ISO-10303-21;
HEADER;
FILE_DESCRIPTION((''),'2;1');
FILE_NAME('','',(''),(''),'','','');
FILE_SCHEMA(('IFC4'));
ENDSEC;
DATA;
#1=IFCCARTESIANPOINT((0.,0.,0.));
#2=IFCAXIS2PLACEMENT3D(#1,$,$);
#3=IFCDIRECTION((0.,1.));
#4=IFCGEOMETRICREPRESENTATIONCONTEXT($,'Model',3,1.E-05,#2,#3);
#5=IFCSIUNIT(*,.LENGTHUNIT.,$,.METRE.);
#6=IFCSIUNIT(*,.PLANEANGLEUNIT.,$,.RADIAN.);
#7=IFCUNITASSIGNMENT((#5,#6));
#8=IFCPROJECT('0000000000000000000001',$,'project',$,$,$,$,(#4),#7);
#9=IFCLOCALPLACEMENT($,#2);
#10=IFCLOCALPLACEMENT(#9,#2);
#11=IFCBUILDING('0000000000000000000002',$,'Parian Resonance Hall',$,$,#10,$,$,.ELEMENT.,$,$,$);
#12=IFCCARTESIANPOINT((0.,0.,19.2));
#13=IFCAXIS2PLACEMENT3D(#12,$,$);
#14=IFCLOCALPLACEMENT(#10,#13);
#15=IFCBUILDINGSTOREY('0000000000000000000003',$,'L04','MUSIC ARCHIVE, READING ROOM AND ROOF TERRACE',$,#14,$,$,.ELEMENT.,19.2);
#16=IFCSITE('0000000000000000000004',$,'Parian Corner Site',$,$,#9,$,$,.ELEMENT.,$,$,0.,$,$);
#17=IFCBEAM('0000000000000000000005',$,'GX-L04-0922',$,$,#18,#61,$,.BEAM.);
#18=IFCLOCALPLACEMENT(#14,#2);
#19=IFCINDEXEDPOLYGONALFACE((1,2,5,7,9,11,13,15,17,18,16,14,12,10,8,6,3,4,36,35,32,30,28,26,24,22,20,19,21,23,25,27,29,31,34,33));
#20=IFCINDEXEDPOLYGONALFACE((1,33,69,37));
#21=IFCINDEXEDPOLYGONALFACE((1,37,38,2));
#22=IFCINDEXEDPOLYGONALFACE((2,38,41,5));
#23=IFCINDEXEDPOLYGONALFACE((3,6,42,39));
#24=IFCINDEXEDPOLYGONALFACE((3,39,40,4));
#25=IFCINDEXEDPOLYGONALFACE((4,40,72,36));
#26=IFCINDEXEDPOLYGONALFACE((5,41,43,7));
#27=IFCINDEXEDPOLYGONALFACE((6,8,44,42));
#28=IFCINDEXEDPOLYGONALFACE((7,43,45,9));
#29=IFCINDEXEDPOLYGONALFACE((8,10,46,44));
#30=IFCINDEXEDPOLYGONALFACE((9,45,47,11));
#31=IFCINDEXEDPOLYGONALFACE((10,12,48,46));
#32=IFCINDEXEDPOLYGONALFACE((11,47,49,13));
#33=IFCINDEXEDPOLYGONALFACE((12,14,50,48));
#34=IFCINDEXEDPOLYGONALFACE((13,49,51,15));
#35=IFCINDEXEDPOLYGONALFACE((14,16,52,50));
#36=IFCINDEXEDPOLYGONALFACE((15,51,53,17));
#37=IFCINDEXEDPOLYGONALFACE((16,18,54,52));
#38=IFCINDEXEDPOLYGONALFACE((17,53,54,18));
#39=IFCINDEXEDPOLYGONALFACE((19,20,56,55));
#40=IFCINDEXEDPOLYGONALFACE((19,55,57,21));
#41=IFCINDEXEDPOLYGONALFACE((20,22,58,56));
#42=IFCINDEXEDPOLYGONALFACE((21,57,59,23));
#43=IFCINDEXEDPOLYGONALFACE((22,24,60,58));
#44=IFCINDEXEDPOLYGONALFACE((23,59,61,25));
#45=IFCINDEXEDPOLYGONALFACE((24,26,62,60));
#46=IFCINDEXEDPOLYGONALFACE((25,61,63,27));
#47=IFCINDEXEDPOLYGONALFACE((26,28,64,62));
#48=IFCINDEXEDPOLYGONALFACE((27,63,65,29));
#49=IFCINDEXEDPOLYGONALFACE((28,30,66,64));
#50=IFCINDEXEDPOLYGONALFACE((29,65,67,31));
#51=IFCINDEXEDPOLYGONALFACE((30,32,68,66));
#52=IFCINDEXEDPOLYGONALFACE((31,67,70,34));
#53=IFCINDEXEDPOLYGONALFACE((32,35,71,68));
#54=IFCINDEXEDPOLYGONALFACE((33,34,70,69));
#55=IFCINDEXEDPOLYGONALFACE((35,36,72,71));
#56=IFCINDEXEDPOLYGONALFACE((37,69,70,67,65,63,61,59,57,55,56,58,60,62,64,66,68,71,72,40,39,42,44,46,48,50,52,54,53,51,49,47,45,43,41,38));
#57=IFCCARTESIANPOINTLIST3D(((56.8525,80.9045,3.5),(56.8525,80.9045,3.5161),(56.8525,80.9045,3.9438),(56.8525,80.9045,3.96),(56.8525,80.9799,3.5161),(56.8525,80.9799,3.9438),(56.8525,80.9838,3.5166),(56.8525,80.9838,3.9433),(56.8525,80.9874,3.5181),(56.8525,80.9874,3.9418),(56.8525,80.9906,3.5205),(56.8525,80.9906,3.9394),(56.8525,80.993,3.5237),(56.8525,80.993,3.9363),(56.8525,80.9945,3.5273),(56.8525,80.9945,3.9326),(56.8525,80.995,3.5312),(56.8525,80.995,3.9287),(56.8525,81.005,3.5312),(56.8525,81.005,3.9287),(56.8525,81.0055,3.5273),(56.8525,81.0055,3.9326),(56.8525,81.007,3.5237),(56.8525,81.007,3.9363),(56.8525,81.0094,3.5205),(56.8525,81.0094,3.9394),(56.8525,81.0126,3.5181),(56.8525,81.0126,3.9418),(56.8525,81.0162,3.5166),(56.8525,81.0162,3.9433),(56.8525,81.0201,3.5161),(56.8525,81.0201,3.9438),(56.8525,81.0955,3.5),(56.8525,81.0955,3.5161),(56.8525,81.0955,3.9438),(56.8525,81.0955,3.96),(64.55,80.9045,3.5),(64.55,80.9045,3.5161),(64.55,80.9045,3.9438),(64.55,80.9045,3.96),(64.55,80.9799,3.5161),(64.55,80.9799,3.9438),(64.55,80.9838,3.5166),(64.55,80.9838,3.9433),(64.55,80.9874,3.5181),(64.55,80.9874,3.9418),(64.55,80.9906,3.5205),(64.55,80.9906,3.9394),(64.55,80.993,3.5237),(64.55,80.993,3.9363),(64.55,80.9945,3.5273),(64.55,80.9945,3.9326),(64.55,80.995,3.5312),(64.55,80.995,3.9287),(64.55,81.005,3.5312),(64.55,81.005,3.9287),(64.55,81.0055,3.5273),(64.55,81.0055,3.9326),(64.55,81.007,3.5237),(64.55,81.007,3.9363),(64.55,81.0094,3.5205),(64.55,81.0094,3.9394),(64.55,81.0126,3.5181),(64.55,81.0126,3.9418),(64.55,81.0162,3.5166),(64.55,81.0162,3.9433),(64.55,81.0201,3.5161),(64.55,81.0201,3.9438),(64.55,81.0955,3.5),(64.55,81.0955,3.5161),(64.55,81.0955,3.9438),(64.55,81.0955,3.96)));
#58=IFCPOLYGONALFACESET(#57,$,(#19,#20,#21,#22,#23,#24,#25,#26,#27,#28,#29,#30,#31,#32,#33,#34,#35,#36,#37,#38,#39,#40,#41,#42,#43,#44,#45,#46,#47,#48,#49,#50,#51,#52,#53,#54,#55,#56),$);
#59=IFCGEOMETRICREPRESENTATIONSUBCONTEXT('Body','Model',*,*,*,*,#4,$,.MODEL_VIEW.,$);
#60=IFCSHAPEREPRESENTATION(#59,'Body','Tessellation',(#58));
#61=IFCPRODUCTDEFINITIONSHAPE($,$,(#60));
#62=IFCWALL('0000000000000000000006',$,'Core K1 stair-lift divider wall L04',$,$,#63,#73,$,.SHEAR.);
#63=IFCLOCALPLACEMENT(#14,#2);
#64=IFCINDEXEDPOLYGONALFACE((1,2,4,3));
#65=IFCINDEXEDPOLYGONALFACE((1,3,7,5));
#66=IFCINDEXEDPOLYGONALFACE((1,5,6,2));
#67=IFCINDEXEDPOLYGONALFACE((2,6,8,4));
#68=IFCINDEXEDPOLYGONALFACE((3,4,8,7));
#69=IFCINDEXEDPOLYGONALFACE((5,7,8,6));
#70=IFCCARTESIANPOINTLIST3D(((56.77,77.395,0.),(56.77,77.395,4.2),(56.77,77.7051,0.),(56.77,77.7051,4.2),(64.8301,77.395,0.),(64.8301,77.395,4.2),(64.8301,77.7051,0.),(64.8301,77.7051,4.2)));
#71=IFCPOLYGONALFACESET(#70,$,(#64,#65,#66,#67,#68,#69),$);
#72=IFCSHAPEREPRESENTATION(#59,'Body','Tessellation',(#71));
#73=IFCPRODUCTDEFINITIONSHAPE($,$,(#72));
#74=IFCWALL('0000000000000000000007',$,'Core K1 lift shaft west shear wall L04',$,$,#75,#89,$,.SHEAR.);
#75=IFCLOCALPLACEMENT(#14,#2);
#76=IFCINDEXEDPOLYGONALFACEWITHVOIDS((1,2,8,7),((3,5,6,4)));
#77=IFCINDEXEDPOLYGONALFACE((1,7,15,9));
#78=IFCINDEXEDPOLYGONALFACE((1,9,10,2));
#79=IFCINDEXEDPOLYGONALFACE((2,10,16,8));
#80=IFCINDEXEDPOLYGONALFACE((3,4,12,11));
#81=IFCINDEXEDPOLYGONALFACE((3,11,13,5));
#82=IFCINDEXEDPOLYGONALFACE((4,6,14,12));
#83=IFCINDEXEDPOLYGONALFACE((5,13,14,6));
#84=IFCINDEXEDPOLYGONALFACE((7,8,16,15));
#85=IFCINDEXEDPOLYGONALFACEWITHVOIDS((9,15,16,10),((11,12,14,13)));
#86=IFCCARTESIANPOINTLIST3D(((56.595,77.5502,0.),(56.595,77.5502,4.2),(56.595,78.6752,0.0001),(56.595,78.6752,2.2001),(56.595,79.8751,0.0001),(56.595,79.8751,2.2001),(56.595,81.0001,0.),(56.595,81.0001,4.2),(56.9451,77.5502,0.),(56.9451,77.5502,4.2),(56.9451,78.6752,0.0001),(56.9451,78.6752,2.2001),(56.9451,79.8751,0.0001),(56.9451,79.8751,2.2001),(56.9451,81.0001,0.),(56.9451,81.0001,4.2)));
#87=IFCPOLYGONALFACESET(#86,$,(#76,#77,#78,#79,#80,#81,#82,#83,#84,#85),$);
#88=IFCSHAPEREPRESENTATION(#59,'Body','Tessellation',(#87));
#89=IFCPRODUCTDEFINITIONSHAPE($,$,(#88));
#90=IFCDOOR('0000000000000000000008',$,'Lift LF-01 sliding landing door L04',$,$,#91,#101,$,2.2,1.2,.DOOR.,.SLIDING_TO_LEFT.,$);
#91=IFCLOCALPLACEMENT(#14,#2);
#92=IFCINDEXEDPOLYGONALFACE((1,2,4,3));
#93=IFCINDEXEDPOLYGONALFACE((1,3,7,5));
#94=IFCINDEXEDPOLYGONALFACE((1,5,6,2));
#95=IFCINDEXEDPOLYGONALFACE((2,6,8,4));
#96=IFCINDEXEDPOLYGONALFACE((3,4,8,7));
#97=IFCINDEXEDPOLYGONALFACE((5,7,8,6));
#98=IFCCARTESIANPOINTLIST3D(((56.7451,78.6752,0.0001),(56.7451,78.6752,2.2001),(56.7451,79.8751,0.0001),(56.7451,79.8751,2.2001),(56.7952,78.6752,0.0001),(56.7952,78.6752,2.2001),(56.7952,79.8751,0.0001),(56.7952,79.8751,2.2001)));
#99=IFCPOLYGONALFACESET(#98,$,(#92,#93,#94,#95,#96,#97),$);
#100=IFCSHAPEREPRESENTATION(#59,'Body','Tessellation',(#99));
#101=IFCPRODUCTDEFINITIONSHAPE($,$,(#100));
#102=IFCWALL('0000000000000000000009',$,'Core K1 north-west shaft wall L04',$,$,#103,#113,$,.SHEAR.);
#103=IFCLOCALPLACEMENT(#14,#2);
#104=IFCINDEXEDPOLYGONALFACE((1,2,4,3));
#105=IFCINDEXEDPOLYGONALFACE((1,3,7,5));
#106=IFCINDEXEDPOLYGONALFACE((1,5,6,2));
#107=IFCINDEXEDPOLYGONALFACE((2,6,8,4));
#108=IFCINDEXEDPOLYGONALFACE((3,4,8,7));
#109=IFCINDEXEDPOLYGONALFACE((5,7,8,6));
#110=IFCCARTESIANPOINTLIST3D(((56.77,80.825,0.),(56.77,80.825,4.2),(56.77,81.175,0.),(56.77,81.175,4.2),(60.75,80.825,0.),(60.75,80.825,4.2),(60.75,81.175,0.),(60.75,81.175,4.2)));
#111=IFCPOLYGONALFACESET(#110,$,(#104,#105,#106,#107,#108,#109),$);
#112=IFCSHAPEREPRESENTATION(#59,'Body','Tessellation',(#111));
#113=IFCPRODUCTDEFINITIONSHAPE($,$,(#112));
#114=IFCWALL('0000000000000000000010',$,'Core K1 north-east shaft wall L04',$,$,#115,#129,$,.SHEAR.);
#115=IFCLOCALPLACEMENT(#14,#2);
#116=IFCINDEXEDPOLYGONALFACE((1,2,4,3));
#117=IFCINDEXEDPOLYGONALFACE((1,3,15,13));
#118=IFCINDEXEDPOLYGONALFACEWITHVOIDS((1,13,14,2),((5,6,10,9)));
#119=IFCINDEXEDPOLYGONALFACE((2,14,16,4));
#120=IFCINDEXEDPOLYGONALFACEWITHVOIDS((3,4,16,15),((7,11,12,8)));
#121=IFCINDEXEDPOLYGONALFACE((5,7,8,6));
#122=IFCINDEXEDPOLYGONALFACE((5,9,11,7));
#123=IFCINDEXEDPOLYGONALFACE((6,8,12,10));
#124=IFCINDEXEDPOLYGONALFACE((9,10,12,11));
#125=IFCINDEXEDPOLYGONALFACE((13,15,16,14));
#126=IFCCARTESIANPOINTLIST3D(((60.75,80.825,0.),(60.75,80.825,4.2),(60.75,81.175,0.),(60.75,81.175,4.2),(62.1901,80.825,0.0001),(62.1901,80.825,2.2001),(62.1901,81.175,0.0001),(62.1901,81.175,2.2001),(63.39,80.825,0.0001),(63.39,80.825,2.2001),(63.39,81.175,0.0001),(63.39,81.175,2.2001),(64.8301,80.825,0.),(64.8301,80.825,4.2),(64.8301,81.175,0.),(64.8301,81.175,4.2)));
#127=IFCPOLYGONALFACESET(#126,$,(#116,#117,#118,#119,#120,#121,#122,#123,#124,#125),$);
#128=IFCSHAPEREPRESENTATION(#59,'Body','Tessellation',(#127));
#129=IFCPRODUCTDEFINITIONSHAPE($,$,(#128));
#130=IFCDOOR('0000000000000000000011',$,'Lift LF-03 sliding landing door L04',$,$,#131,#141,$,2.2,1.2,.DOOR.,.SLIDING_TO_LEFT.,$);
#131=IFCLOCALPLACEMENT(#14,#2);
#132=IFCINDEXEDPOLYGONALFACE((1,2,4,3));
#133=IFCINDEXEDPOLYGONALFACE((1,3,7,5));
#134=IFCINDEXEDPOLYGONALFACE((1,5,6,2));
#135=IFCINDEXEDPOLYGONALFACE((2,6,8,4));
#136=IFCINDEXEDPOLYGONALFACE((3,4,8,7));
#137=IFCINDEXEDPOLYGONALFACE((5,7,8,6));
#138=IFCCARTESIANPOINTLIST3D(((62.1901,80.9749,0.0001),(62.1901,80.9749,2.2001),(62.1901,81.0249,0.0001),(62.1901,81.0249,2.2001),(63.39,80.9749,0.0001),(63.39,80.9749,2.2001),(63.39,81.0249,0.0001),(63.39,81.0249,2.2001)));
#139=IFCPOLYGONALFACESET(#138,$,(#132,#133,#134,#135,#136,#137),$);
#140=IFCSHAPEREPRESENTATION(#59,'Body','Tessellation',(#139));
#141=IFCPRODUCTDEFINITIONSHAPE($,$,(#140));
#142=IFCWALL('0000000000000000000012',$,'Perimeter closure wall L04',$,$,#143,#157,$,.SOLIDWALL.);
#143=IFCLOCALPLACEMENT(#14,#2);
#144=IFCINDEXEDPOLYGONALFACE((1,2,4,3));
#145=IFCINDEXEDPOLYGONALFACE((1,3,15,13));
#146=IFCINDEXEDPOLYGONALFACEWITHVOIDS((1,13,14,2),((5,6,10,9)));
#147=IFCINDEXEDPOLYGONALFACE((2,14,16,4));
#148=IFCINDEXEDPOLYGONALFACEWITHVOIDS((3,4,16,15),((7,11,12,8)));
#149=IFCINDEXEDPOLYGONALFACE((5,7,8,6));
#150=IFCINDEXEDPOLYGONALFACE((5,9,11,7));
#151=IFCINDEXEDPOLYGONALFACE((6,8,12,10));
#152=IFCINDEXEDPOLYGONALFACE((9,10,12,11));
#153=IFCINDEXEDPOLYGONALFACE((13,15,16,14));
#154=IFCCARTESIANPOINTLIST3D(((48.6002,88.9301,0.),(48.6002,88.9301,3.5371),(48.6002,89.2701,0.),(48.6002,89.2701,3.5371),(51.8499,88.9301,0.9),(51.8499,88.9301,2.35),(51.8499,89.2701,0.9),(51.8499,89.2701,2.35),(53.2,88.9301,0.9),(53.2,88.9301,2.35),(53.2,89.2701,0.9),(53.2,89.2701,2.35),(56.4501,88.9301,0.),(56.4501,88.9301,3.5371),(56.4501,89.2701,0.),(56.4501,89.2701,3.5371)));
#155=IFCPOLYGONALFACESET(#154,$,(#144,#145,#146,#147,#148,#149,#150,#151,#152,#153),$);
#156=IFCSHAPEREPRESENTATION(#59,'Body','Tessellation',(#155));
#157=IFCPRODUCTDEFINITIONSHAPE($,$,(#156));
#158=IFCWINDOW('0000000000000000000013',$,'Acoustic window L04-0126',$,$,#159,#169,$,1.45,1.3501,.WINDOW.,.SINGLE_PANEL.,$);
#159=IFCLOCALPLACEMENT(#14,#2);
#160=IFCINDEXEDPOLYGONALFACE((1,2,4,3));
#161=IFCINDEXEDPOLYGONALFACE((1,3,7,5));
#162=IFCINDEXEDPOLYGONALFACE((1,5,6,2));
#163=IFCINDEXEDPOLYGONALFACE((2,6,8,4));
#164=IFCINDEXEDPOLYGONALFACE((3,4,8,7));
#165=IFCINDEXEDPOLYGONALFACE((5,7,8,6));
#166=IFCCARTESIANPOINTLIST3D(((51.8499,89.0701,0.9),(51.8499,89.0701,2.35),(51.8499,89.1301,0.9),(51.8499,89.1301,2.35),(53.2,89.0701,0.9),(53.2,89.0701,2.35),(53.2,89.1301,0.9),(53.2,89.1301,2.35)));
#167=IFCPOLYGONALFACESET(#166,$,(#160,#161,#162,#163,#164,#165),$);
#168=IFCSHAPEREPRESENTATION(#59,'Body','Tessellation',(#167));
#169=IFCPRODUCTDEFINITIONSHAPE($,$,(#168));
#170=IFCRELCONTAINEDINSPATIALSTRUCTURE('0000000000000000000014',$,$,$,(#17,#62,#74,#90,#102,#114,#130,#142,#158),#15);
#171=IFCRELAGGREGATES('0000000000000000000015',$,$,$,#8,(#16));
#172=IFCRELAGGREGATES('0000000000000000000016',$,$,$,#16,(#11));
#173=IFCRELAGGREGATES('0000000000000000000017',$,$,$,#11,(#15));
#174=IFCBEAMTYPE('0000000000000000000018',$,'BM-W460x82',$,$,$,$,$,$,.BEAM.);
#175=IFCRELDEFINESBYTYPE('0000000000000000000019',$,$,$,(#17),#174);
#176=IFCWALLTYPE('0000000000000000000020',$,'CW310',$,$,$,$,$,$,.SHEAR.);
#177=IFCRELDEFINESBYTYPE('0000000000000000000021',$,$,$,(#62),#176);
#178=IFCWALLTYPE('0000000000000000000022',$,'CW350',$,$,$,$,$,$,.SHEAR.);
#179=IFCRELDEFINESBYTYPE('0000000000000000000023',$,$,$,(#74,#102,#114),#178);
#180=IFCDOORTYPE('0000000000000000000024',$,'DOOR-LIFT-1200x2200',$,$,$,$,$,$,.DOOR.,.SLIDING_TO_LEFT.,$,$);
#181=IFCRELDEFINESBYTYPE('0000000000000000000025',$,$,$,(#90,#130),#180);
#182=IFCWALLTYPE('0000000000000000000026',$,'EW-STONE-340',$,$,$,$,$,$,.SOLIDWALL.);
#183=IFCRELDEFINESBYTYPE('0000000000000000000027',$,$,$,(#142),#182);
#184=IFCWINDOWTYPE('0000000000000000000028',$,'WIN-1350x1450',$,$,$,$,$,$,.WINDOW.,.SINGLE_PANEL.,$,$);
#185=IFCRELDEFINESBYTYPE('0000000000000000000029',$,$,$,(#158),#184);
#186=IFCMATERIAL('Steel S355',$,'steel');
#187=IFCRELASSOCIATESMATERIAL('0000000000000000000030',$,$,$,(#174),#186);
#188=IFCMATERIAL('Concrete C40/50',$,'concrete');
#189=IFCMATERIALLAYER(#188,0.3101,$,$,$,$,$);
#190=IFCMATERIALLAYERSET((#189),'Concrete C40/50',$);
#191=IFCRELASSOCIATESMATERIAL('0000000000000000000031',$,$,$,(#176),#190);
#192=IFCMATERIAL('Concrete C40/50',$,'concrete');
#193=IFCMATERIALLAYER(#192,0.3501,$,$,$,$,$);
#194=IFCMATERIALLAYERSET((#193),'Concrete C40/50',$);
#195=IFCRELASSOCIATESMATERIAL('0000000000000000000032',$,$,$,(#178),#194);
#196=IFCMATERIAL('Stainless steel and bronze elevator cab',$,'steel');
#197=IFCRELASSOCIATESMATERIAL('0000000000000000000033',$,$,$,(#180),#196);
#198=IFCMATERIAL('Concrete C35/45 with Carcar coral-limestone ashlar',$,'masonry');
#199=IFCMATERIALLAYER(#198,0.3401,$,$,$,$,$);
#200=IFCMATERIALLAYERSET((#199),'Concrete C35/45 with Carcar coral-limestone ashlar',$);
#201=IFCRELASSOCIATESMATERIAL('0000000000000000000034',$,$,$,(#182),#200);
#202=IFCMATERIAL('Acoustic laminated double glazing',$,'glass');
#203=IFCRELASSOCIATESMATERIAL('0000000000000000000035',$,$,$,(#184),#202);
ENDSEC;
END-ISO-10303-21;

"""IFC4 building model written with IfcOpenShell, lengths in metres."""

from ifc_helpers import new_model, si_unit, direction, frame, frame_2d, origin, origin_2d, place, context, subcontext, project, spatial, rectangle, i_section, extrude, material, layer, layer_set, material_profile, profile_set, type_object, element, fill, save


model = new_model("IFC4")

# Units and contexts
model_context = context("Model", 3, precision=1e-05, world=origin(), true_north=direction((0.0, 1.0)))
body_context = subcontext(model_context, "Body", "Model", "MODEL_VIEW")
ifc_project = project(units=[si_unit("LENGTHUNIT", "METRE"), si_unit("PLANEANGLEUNIT", "RADIAN")], contexts=[model_context])

# Site, building, storey
site_placement = place(None, origin())
site = spatial("IfcSite", under=ifc_project, at=site_placement, Name="Parian Corner Site", CompositionType="ELEMENT", RefElevation=0.0)
building_placement = place(site_placement, origin())
building = spatial("IfcBuilding", under=site, at=building_placement, Name="Parian Resonance Hall", CompositionType="ELEMENT")
storey_placement = place(building_placement, frame((0.0, 0.0, 19.2)))
storey = spatial("IfcBuildingStorey", under=building, at=storey_placement, Name="L04", Description="MUSIC ARCHIVE, READING ROOM AND ROOF TERRACE", CompositionType="ELEMENT", Elevation=19.2)

# Beam
ifc_material_1 = material(Name="Steel S355", Category="steel")
ifc_material_profile_1 = material_profile(ifc_material_1, i_section(OverallWidth=0.1909, OverallDepth=0.46, WebThickness=0.01, FlangeThickness=0.0161, FilletRadius=0.0151, at=origin_2d()), Name="W460x82")
ifc_profile_set_1 = profile_set([ifc_material_profile_1], Name="Steel S355")
beam_type_1 = type_object("IfcBeamType", Name="BM-W460x82", PredefinedType="BEAM", material=ifc_profile_set_1)
beam_1_placement = place(storey_placement, frame((56.8525, 81.0, 3.73), z_axis=(1.0, 0.0, 0.0), x_axis=(0.0, 1.0, 0.0)))
element("IfcBeam", 1, at=beam_1_placement, inside=storey, type_object=beam_type_1, Name="GX-L04-0922", PredefinedType="BEAM", context=body_context, shape_type="SweptSolid", body=[
    extrude(i_section(OverallWidth=0.1909, OverallDepth=0.46, WebThickness=0.01, FlangeThickness=0.0161, FilletRadius=0.0151, at=origin_2d()), origin(), (0.0, 0.0, 1.0), 7.6975),
])

# Wall
ifc_material_2 = material(Name="Concrete C40/50", Category="concrete")
ifc_layer_1 = layer(ifc_material_2, 0.3101)
ifc_layer_set_1 = layer_set([ifc_layer_1], Name="Concrete C40/50")
wall_type_1 = type_object("IfcWallType", Name="CW310", PredefinedType="SHEAR", material=ifc_layer_set_1)
wall_1_placement = place(storey_placement, frame((56.77, 77.55, 0.0), z_axis=(0.0, 0.0, 1.0), x_axis=(1.0, 0.0, 0.0)))
element("IfcWall", 2, at=wall_1_placement, inside=storey, type_object=wall_type_1, Name="Core K1 stair-lift divider wall L04", PredefinedType="SHEAR", context=body_context, shape_type="SweptSolid", body=[
    extrude(rectangle(XDim=8.0601, YDim=0.3101, at=frame_2d((4.03, 0.0))), origin(), (0.0, 0.0, 1.0), 4.2),
])

# Wall, opening, door
ifc_material_3 = material(Name="Concrete C40/50", Category="concrete")
ifc_layer_2 = layer(ifc_material_3, 0.3501)
ifc_layer_set_2 = layer_set([ifc_layer_2], Name="Concrete C40/50")
wall_type_2 = type_object("IfcWallType", Name="CW350", PredefinedType="SHEAR", material=ifc_layer_set_2)
wall_2_placement = place(storey_placement, frame((56.77, 77.55, 0.0), z_axis=(0.0, 0.0, 1.0), x_axis=(0.0, 1.0, 0.0)))
wall_2 = element("IfcWall", 3, at=wall_2_placement, inside=storey, type_object=wall_type_2, Name="Core K1 lift shaft west shear wall L04", PredefinedType="SHEAR", context=body_context, shape_type="SweptSolid", body=[
    extrude(rectangle(XDim=3.45, YDim=0.3501, at=frame_2d((1.7251, 0.0))), origin(), (0.0, 0.0, 1.0), 4.2),
])
opening_1_placement = place(wall_2_placement, frame((1.125, 0.0, 0.0)))
opening_1 = element("IfcOpeningElement", 4, at=opening_1_placement, cuts=wall_2, PredefinedType="OPENING", context=body_context, shape_type="SweptSolid", body=[
    extrude(rectangle(XDim=1.2, YDim=2.2, at=frame_2d((0.6001, 1.1001))), frame((0.0, 0.1851, 0.0), z_axis=(0.0, -1.0, 0.0), x_axis=(1.0, 0.0, 0.0)), (0.0, 0.0, 1.0), 0.3701),
])
ifc_material_4 = material(Name="Stainless steel and bronze elevator cab", Category="steel")
door_type = type_object("IfcDoorType", Name="DOOR-LIFT-1200x2200", OperationType="SLIDING_TO_LEFT", PredefinedType="DOOR", material=ifc_material_4)
door_1_placement = place(opening_1_placement, origin())
door_1 = element("IfcDoor", 5, at=door_1_placement, inside=storey, type_object=door_type, Name="Lift LF-01 sliding landing door L04", OperationType="SLIDING_TO_LEFT", OverallHeight=2.2, OverallWidth=1.2, PredefinedType="DOOR", context=body_context, shape_type="SweptSolid", body=[
    extrude(rectangle(XDim=1.2, YDim=2.2, at=frame_2d((0.6001, 1.1001))), frame((0.0, 0.0249, 0.0), z_axis=(0.0, -1.0, 0.0), x_axis=(1.0, 0.0, 0.0)), (0.0, 0.0, 1.0), 0.05),
])
fill(opening_1, door_1)

# Wall
wall_3_placement = place(storey_placement, frame((56.77, 81.0, 0.0), z_axis=(0.0, 0.0, 1.0), x_axis=(1.0, 0.0, 0.0)))
element("IfcWall", 6, at=wall_3_placement, inside=storey, type_object=wall_type_2, Name="Core K1 north-west shaft wall L04", PredefinedType="SHEAR", context=body_context, shape_type="SweptSolid", body=[
    extrude(rectangle(XDim=3.98, YDim=0.3501, at=frame_2d((1.99, 0.0))), origin(), (0.0, 0.0, 1.0), 4.2),
])

# Wall, opening, door
wall_4_placement = place(storey_placement, frame((60.75, 81.0, 0.0), z_axis=(0.0, 0.0, 1.0), x_axis=(1.0, 0.0, 0.0)))
wall_4 = element("IfcWall", 7, at=wall_4_placement, inside=storey, type_object=wall_type_2, Name="Core K1 north-east shaft wall L04", PredefinedType="SHEAR", context=body_context, shape_type="SweptSolid", body=[
    extrude(rectangle(XDim=4.0801, YDim=0.3501, at=frame_2d((2.04, 0.0))), origin(), (0.0, 0.0, 1.0), 4.2),
])
opening_2_placement = place(wall_4_placement, frame((1.4399, 0.0, 0.0)))
opening_2 = element("IfcOpeningElement", 8, at=opening_2_placement, cuts=wall_4, PredefinedType="OPENING", context=body_context, shape_type="SweptSolid", body=[
    extrude(rectangle(XDim=1.2, YDim=2.2, at=frame_2d((0.6001, 1.1001))), frame((0.0, 0.1851, 0.0), z_axis=(0.0, -1.0, 0.0), x_axis=(1.0, 0.0, 0.0)), (0.0, 0.0, 1.0), 0.3701),
])
door_2_placement = place(opening_2_placement, origin())
door_2 = element("IfcDoor", 9, at=door_2_placement, inside=storey, type_object=door_type, Name="Lift LF-03 sliding landing door L04", OperationType="SLIDING_TO_LEFT", OverallHeight=2.2, OverallWidth=1.2, PredefinedType="DOOR", context=body_context, shape_type="SweptSolid", body=[
    extrude(rectangle(XDim=1.2, YDim=2.2, at=frame_2d((0.6001, 1.1001))), frame((0.0, 0.0249, 0.0), z_axis=(0.0, -1.0, 0.0), x_axis=(1.0, 0.0, 0.0)), (0.0, 0.0, 1.0), 0.05),
])
fill(opening_2, door_2)

# Wall, opening, window
ifc_material_5 = material(Name="Concrete C35/45 with Carcar coral-limestone ashlar", Category="masonry")
ifc_layer_3 = layer(ifc_material_5, 0.3401)
ifc_layer_set_3 = layer_set([ifc_layer_3], Name="Concrete C35/45 with Carcar coral-limestone ashlar")
wall_type_3 = type_object("IfcWallType", Name="EW-STONE-340", PredefinedType="SOLIDWALL", material=ifc_layer_set_3)
wall_5_placement = place(storey_placement, frame((56.45, 89.1001, 0.0), z_axis=(0.0, 0.0, 1.0), x_axis=(-1.0, 0.0, 0.0)))
wall_5 = element("IfcWall", 10, at=wall_5_placement, inside=storey, type_object=wall_type_3, Name="Perimeter closure wall L04", PredefinedType="SOLIDWALL", context=body_context, shape_type="SweptSolid", body=[
    extrude(rectangle(XDim=7.8499, YDim=0.3401, at=frame_2d((3.9248, 0.0))), origin(), (0.0, 0.0, 1.0), 3.5371),
])
opening_3_placement = place(wall_5_placement, frame((3.25, 0.0, 0.8999)))
opening_3 = element("IfcOpeningElement", 11, at=opening_3_placement, cuts=wall_5, PredefinedType="OPENING", context=body_context, shape_type="SweptSolid", body=[
    extrude(rectangle(XDim=1.3501, YDim=1.45, at=frame_2d((0.675, 0.7251))), frame((0.0, 0.1799, 0.0), z_axis=(0.0, -1.0, 0.0), x_axis=(1.0, 0.0, 0.0)), (0.0, 0.0, 1.0), 0.3601),
])
ifc_material_6 = material(Name="Acoustic laminated double glazing", Category="glass")
window_type = type_object("IfcWindowType", Name="WIN-1350x1450", PartitioningType="SINGLE_PANEL", PredefinedType="WINDOW", material=ifc_material_6)
window_placement = place(opening_3_placement, origin())
window = element("IfcWindow", 12, at=window_placement, inside=storey, type_object=window_type, Name="Acoustic window L04-0126", OverallHeight=1.45, OverallWidth=1.3501, PartitioningType="SINGLE_PANEL", PredefinedType="WINDOW", context=body_context, shape_type="SweptSolid", body=[
    extrude(rectangle(XDim=1.3501, YDim=1.45, at=frame_2d((0.675, 0.7251))), frame((0.0, 0.03, 0.0), z_axis=(0.0, -1.0, 0.0), x_axis=(1.0, 0.0, 0.0)), (0.0, 0.0, 1.0), 0.0601),
])
fill(opening_3, window)

save(model, "model.ifc")
